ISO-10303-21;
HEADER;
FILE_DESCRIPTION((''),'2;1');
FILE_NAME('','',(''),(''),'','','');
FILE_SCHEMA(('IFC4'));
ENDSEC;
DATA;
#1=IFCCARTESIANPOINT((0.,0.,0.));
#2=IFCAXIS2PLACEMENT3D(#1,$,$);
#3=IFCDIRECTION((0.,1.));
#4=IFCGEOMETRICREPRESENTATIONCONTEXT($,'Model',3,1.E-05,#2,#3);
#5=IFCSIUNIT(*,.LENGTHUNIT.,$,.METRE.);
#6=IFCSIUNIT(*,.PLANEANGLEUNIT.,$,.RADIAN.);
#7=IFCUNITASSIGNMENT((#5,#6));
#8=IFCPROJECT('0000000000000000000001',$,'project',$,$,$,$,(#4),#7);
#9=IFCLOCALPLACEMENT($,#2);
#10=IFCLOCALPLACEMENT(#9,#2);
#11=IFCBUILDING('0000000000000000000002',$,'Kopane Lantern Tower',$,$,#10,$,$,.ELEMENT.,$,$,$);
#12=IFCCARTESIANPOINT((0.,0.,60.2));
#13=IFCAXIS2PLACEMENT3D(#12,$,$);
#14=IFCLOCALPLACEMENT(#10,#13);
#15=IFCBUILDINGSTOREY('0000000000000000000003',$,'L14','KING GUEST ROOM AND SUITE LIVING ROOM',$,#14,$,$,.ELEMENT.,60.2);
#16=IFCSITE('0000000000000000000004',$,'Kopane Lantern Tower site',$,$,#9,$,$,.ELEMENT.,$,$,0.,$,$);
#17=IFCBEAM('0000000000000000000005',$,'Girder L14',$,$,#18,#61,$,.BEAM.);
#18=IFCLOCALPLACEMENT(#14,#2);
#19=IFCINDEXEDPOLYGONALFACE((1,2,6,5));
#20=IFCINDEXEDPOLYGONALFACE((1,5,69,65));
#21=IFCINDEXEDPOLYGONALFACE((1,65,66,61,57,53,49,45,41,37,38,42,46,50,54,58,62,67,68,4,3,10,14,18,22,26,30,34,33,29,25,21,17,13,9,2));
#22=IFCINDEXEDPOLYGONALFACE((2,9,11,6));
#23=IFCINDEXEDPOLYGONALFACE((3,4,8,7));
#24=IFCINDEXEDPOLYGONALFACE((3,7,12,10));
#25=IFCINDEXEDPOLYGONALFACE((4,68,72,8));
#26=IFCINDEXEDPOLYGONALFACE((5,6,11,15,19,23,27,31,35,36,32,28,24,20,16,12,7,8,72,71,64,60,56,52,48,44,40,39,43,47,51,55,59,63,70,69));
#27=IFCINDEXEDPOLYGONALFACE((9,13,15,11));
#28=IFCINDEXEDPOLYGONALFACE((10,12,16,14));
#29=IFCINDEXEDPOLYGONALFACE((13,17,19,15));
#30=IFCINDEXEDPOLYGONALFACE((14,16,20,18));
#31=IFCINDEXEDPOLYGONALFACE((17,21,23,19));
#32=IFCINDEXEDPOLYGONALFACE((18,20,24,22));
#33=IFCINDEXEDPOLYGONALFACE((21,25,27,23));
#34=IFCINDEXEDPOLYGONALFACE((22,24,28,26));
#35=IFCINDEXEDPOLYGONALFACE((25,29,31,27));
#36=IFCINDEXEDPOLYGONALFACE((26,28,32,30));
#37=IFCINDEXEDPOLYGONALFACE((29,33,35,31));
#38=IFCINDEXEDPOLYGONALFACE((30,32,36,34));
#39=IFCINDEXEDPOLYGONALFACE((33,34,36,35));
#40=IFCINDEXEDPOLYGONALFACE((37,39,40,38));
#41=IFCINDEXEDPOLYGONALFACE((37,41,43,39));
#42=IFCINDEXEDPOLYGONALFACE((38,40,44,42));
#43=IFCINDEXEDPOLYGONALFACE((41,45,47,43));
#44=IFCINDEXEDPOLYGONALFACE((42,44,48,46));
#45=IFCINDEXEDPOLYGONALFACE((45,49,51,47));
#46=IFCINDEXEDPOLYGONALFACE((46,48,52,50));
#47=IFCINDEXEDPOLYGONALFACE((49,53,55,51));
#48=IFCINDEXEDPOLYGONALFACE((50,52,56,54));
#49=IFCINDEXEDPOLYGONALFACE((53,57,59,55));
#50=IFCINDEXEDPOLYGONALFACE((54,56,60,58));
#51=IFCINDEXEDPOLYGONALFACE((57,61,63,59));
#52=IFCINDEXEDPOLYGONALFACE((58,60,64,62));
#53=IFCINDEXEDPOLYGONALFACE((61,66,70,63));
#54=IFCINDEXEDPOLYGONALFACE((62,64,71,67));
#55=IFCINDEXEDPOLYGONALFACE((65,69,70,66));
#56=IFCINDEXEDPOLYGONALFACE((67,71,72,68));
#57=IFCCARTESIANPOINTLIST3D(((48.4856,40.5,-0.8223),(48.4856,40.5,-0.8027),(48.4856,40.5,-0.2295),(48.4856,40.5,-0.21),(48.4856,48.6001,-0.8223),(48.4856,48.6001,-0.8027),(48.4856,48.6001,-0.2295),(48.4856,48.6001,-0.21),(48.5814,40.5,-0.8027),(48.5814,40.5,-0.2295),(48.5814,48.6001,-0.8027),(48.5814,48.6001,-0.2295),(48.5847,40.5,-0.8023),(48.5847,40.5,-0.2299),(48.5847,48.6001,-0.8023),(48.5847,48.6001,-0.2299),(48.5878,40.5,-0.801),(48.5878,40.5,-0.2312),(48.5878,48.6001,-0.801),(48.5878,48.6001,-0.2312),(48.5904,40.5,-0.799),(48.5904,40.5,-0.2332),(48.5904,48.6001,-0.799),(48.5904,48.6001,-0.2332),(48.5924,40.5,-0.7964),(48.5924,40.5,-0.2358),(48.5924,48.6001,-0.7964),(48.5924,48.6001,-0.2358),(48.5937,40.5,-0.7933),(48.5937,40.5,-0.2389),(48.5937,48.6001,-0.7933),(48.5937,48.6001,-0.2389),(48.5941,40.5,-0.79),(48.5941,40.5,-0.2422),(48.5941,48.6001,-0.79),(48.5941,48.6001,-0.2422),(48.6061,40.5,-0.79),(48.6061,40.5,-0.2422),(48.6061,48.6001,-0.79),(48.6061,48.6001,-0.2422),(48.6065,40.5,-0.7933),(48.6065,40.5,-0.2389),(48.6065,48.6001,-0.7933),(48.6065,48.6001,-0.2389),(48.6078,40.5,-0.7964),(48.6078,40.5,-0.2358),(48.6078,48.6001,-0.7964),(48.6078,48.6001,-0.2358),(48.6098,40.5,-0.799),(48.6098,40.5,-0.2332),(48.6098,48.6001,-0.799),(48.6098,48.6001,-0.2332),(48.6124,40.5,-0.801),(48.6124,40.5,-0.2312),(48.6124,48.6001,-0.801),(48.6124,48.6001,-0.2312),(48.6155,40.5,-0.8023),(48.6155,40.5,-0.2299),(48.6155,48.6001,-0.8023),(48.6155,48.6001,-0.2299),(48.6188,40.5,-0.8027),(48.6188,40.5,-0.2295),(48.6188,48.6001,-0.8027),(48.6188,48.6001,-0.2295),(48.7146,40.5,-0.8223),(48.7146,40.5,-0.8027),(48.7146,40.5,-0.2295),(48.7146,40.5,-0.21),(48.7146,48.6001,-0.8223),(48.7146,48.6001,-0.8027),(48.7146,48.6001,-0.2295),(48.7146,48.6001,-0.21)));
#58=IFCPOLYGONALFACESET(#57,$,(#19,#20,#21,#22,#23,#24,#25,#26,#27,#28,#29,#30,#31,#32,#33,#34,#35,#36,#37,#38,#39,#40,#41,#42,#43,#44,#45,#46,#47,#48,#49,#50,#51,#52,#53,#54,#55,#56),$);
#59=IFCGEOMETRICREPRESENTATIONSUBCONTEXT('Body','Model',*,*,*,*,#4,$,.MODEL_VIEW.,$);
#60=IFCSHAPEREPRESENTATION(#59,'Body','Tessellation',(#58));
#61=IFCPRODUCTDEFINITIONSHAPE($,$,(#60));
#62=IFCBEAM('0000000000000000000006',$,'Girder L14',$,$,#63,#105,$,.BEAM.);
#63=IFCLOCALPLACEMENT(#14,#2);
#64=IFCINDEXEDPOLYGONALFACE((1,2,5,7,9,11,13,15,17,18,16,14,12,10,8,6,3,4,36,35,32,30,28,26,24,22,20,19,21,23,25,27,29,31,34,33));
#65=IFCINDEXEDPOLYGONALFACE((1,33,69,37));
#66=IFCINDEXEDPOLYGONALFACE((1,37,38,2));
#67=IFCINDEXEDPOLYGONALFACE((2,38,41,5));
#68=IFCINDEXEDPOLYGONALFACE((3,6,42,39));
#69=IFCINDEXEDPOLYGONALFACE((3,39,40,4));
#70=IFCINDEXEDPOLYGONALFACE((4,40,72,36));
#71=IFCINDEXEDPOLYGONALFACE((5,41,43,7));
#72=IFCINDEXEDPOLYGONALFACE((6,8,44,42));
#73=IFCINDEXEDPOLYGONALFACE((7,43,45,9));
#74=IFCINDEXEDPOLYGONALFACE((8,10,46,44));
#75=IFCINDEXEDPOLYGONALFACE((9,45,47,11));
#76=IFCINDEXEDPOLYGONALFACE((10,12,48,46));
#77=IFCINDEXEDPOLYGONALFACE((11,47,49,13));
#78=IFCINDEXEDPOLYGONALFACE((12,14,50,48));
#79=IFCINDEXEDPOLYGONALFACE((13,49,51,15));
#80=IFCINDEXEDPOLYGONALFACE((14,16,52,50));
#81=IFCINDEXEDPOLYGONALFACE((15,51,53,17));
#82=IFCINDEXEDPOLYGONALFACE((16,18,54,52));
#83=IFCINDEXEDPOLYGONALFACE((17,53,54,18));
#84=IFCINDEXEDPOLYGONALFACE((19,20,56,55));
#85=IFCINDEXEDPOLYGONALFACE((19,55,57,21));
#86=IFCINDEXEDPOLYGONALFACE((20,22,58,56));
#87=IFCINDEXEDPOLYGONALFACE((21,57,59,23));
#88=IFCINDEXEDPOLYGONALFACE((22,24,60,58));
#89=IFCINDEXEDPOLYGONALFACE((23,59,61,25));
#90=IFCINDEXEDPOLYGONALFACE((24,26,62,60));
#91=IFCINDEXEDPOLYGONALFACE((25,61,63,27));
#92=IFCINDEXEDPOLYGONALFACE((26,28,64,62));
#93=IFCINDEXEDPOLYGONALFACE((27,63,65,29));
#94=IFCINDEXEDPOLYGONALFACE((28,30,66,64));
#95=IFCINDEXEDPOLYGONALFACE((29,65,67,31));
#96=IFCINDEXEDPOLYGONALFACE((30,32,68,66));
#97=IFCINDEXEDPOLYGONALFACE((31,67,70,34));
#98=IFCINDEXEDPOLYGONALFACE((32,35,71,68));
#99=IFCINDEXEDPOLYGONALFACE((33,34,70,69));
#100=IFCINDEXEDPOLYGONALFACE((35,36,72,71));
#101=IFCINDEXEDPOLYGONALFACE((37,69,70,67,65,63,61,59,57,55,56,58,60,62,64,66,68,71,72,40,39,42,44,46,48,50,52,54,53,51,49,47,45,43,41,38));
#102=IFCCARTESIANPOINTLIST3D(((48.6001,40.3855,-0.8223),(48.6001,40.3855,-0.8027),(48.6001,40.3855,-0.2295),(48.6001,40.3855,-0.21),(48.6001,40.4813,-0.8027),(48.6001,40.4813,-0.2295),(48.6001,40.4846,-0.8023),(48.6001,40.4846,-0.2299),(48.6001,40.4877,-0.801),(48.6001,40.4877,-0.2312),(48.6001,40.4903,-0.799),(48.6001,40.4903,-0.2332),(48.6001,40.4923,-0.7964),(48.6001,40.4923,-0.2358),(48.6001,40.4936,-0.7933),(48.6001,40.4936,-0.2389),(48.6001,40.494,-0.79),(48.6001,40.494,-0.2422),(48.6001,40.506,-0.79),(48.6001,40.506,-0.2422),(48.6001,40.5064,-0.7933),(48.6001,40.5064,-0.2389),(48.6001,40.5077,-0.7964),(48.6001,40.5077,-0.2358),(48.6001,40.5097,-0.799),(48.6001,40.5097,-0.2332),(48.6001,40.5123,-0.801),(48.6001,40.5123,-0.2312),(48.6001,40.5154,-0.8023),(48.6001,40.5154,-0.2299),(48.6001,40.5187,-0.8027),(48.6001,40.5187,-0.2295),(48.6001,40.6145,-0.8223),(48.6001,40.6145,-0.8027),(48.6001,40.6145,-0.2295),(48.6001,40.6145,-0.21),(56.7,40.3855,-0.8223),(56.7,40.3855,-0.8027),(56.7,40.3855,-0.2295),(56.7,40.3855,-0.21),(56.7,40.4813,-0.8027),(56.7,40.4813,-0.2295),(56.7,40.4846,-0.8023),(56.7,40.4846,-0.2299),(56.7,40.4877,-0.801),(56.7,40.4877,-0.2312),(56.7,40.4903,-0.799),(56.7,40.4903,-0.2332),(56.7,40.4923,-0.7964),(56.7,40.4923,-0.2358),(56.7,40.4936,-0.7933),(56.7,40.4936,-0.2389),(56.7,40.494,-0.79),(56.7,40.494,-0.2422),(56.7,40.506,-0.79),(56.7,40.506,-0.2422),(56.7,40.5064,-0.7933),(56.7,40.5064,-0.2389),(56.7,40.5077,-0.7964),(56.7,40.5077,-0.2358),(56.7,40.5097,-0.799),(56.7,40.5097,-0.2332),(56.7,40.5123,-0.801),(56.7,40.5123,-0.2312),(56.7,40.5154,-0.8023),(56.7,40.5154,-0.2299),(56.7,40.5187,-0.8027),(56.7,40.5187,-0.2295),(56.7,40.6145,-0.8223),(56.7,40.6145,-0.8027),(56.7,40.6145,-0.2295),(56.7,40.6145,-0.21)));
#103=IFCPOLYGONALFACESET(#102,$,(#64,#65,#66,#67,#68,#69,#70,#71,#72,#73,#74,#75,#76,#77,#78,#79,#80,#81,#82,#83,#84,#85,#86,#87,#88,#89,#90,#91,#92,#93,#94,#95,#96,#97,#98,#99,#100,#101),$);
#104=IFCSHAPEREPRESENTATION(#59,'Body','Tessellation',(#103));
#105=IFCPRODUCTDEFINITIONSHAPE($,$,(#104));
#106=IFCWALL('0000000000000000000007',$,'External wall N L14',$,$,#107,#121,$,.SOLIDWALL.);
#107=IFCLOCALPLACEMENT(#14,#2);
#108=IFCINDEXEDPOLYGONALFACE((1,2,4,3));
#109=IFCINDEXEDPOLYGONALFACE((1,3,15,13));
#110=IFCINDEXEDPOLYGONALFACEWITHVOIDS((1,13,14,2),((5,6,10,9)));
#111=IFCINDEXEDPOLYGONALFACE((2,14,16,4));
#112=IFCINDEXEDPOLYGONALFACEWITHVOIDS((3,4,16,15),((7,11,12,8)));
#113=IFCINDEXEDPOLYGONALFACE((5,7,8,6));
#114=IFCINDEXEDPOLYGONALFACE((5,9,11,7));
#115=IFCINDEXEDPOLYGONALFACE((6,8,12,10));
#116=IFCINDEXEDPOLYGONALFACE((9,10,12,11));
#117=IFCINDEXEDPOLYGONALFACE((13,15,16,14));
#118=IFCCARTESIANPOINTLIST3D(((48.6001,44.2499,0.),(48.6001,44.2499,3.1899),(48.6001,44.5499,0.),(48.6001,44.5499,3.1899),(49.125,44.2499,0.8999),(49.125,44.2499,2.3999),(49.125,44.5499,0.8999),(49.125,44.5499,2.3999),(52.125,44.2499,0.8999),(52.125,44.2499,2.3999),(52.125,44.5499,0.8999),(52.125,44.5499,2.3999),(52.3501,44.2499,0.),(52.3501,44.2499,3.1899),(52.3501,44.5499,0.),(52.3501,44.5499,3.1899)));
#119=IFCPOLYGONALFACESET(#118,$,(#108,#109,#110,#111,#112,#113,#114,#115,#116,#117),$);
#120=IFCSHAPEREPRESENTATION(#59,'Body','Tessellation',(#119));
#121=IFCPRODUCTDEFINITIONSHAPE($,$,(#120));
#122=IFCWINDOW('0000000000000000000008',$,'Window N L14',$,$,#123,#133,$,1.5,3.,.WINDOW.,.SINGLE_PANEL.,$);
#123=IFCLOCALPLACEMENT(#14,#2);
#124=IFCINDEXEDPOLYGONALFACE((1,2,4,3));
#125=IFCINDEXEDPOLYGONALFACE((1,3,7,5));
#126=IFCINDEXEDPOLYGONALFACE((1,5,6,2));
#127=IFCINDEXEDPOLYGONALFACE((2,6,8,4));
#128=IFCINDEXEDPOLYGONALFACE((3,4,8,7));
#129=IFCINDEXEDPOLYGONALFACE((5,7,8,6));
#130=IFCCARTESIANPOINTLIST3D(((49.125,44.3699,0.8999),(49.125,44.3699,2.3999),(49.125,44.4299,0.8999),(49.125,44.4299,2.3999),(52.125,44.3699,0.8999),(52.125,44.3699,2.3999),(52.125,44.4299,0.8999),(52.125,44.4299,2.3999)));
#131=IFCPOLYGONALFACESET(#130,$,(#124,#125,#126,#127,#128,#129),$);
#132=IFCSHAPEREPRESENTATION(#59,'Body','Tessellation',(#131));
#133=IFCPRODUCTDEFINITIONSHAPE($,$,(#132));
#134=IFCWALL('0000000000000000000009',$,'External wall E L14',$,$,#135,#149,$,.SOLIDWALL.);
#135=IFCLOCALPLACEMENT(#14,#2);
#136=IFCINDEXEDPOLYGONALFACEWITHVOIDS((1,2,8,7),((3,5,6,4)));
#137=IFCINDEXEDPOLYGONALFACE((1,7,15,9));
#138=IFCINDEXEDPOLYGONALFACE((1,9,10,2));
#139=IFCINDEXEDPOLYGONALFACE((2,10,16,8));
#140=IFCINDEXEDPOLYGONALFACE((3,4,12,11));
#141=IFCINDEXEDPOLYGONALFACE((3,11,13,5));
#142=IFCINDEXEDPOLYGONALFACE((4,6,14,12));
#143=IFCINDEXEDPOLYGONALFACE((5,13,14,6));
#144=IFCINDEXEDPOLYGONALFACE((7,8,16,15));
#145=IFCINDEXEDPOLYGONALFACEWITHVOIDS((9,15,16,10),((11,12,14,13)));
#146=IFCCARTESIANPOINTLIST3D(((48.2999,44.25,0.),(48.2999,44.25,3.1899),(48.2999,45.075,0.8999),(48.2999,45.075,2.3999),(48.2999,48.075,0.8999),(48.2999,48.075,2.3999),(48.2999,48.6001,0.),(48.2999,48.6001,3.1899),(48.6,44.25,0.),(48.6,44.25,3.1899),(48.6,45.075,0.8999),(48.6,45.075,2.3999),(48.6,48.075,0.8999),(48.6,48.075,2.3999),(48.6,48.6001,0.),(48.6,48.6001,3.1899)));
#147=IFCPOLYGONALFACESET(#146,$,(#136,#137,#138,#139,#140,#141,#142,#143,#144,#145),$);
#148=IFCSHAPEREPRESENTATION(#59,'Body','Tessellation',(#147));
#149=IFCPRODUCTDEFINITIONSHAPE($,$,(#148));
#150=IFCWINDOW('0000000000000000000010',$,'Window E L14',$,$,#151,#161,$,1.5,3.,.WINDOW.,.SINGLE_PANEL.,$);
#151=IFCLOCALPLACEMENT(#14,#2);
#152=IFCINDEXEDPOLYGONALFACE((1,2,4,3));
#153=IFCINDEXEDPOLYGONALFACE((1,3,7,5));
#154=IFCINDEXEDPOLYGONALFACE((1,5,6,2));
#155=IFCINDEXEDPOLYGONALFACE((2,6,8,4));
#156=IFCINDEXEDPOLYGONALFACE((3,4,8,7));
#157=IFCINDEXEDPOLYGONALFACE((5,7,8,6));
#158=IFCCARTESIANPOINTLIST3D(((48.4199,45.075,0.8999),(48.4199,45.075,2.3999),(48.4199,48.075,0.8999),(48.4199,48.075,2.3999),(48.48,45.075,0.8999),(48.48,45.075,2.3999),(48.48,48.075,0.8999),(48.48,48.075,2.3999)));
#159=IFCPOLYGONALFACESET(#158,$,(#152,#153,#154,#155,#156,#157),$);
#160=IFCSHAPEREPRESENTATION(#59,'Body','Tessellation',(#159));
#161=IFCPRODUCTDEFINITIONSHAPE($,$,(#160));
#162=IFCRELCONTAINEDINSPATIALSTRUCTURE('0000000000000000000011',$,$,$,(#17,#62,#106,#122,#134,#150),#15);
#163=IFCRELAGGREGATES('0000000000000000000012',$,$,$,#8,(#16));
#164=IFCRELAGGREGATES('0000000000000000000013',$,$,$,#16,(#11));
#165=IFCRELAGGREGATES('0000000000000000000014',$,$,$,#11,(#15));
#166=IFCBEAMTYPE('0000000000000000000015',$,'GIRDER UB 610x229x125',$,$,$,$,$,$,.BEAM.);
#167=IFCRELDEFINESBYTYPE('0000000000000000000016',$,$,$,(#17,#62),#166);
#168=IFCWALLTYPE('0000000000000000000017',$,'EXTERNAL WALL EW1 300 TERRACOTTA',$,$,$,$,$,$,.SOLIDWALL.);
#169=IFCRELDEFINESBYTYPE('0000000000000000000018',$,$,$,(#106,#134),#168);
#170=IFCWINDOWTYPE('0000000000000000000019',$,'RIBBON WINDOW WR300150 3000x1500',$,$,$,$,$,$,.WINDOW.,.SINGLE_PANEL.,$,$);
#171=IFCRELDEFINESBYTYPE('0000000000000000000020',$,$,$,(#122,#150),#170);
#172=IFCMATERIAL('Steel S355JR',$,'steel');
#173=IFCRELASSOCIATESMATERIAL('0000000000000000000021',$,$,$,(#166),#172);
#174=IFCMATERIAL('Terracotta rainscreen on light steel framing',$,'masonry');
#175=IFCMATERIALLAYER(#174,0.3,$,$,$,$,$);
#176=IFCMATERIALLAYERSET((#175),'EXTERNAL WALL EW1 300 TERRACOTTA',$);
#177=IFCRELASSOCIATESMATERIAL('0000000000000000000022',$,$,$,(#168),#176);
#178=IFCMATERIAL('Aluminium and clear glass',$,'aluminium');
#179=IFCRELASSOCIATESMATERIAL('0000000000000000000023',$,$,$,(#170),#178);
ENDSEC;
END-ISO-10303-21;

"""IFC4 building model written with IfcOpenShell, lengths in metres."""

from ifc_helpers import new_model, si_unit, direction, frame, frame_2d, origin, origin_2d, place, context, subcontext, project, spatial, rectangle, i_section, extrude, material, layer, layer_set, material_profile, profile_set, type_object, element, fill, save


model = new_model("IFC4")

# Units and contexts
model_context = context("Model", 3, precision=1e-05, world=origin(), true_north=direction((0.0, 1.0)))
body_context = subcontext(model_context, "Body", "Model", "MODEL_VIEW")
ifc_project = project(units=[si_unit("LENGTHUNIT", "METRE"), si_unit("PLANEANGLEUNIT", "RADIAN")], contexts=[model_context])

# Site, building, storey
site_placement = place(None, origin())
site = spatial("IfcSite", under=ifc_project, at=site_placement, Name="Kopane Lantern Tower site", CompositionType="ELEMENT", RefElevation=0.0)
building_placement = place(site_placement, origin())
building = spatial("IfcBuilding", under=site, at=building_placement, Name="Kopane Lantern Tower", CompositionType="ELEMENT")
storey_placement = place(building_placement, frame((0.0, 0.0, 60.2)))
storey = spatial("IfcBuildingStorey", under=building, at=storey_placement, Name="L14", Description="KING GUEST ROOM AND SUITE LIVING ROOM", CompositionType="ELEMENT", Elevation=60.2)

# Beams
ifc_material_1 = material(Name="Steel S355JR", Category="steel")
ifc_material_profile_1 = material_profile(ifc_material_1, i_section(OverallWidth=0.229, OverallDepth=0.6123, WebThickness=0.012, FlangeThickness=0.0195, FilletRadius=0.0127, at=origin_2d()), Name="UB 610x229x125")
ifc_profile_set_1 = profile_set([ifc_material_profile_1], Name="Steel S355JR")
beam_type_1 = type_object("IfcBeamType", Name="GIRDER UB 610x229x125", PredefinedType="BEAM", material=ifc_profile_set_1)
beam_1_placement = place(storey_placement, frame((48.6001, 40.5, -0.5161), z_axis=(0.0, 1.0, 0.0), x_axis=(-1.0, 0.0, 0.0)))
element("IfcBeam", 1, at=beam_1_placement, inside=storey, type_object=beam_type_1, Name="Girder L14", PredefinedType="BEAM", context=body_context, shape_type="SweptSolid", body=[
    extrude(i_section(OverallWidth=0.229, OverallDepth=0.6123, WebThickness=0.012, FlangeThickness=0.0195, FilletRadius=0.0127, at=origin_2d()), origin(), (0.0, 0.0, 1.0), 8.1001),
])
beam_2_placement = place(storey_placement, frame((48.6001, 40.5, -0.5161), z_axis=(1.0, 0.0, 0.0), x_axis=(0.0, 1.0, 0.0)))
element("IfcBeam", 2, at=beam_2_placement, inside=storey, type_object=beam_type_1, Name="Girder L14", PredefinedType="BEAM", context=body_context, shape_type="SweptSolid", body=[
    extrude(i_section(OverallWidth=0.229, OverallDepth=0.6123, WebThickness=0.012, FlangeThickness=0.0195, FilletRadius=0.0127, at=origin_2d()), origin(), (0.0, 0.0, 1.0), 8.0999),
])

# Walls, openings, windows
ifc_material_2 = material(Name="Terracotta rainscreen on light steel framing", Category="masonry")
ifc_layer = layer(ifc_material_2, 0.3)
ifc_layer_set = layer_set([ifc_layer], Name="EXTERNAL WALL EW1 300 TERRACOTTA")
wall_type = type_object("IfcWallType", Name="EXTERNAL WALL EW1 300 TERRACOTTA", PredefinedType="SOLIDWALL", material=ifc_layer_set)
wall_1_placement = place(storey_placement, frame((52.3501, 44.3999, 0.0), z_axis=(0.0, 0.0, 1.0), x_axis=(-1.0, 0.0, 0.0)))
wall_1 = element("IfcWall", 3, at=wall_1_placement, inside=storey, type_object=wall_type, Name="External wall N L14", PredefinedType="SOLIDWALL", context=body_context, shape_type="SweptSolid", body=[
    extrude(rectangle(XDim=3.75, YDim=0.3, at=frame_2d((1.875, 0.0))), origin(), (0.0, 0.0, 1.0), 3.1899),
])
opening_1_placement = place(wall_1_placement, frame((0.2251, 0.0, 0.8999)))
opening_1 = element("IfcOpeningElement", 4, at=opening_1_placement, cuts=wall_1, PredefinedType="OPENING", context=body_context, shape_type="SweptSolid", body=[
    extrude(rectangle(XDim=3.0, YDim=1.5, at=frame_2d((1.5, 0.75))), frame((0.0, 0.1599, 0.0), z_axis=(0.0, -1.0, 0.0), x_axis=(1.0, 0.0, 0.0)), (0.0, 0.0, 1.0), 0.3201),
])
ifc_material_3 = material(Name="Aluminium and clear glass", Category="aluminium")
window_type_1 = type_object("IfcWindowType", Name="RIBBON WINDOW WR300150 3000x1500", PartitioningType="SINGLE_PANEL", PredefinedType="WINDOW", material=ifc_material_3)
window_1_placement = place(opening_1_placement, origin())
window_1 = element("IfcWindow", 5, at=window_1_placement, inside=storey, type_object=window_type_1, Name="Window N L14", OverallHeight=1.5, OverallWidth=3.0, PartitioningType="SINGLE_PANEL", PredefinedType="WINDOW", context=body_context, shape_type="SweptSolid", body=[
    extrude(rectangle(XDim=3.0, YDim=1.5, at=frame_2d((1.5, 0.75))), frame((0.0, 0.03, 0.0), z_axis=(0.0, -1.0, 0.0), x_axis=(1.0, 0.0, 0.0)), (0.0, 0.0, 1.0), 0.0601),
])
fill(opening_1, window_1)
wall_2_placement = place(storey_placement, frame((48.45, 44.25, 0.0), z_axis=(0.0, 0.0, 1.0), x_axis=(0.0, 1.0, 0.0)))
wall_2 = element("IfcWall", 6, at=wall_2_placement, inside=storey, type_object=wall_type, Name="External wall E L14", PredefinedType="SOLIDWALL", context=body_context, shape_type="SweptSolid", body=[
    extrude(rectangle(XDim=4.3501, YDim=0.3, at=frame_2d((2.175, 0.0))), origin(), (0.0, 0.0, 1.0), 3.1899),
])
opening_2_placement = place(wall_2_placement, frame((0.825, 0.0, 0.8999)))
opening_2 = element("IfcOpeningElement", 7, at=opening_2_placement, cuts=wall_2, PredefinedType="OPENING", context=body_context, shape_type="SweptSolid", body=[
    extrude(rectangle(XDim=3.0, YDim=1.5, at=frame_2d((1.5, 0.75))), frame((0.0, 0.1599, 0.0), z_axis=(0.0, -1.0, 0.0), x_axis=(1.0, 0.0, 0.0)), (0.0, 0.0, 1.0), 0.3201),
])
window_2_placement = place(opening_2_placement, origin())
window_2 = element("IfcWindow", 8, at=window_2_placement, inside=storey, type_object=window_type_1, Name="Window E L14", OverallHeight=1.5, OverallWidth=3.0, PartitioningType="SINGLE_PANEL", PredefinedType="WINDOW", context=body_context, shape_type="SweptSolid", body=[
    extrude(rectangle(XDim=3.0, YDim=1.5, at=frame_2d((1.5, 0.75))), frame((0.0, 0.03, 0.0), z_axis=(0.0, -1.0, 0.0), x_axis=(1.0, 0.0, 0.0)), (0.0, 0.0, 1.0), 0.0601),
])
fill(opening_2, window_2)

save(model, "model.ifc")
